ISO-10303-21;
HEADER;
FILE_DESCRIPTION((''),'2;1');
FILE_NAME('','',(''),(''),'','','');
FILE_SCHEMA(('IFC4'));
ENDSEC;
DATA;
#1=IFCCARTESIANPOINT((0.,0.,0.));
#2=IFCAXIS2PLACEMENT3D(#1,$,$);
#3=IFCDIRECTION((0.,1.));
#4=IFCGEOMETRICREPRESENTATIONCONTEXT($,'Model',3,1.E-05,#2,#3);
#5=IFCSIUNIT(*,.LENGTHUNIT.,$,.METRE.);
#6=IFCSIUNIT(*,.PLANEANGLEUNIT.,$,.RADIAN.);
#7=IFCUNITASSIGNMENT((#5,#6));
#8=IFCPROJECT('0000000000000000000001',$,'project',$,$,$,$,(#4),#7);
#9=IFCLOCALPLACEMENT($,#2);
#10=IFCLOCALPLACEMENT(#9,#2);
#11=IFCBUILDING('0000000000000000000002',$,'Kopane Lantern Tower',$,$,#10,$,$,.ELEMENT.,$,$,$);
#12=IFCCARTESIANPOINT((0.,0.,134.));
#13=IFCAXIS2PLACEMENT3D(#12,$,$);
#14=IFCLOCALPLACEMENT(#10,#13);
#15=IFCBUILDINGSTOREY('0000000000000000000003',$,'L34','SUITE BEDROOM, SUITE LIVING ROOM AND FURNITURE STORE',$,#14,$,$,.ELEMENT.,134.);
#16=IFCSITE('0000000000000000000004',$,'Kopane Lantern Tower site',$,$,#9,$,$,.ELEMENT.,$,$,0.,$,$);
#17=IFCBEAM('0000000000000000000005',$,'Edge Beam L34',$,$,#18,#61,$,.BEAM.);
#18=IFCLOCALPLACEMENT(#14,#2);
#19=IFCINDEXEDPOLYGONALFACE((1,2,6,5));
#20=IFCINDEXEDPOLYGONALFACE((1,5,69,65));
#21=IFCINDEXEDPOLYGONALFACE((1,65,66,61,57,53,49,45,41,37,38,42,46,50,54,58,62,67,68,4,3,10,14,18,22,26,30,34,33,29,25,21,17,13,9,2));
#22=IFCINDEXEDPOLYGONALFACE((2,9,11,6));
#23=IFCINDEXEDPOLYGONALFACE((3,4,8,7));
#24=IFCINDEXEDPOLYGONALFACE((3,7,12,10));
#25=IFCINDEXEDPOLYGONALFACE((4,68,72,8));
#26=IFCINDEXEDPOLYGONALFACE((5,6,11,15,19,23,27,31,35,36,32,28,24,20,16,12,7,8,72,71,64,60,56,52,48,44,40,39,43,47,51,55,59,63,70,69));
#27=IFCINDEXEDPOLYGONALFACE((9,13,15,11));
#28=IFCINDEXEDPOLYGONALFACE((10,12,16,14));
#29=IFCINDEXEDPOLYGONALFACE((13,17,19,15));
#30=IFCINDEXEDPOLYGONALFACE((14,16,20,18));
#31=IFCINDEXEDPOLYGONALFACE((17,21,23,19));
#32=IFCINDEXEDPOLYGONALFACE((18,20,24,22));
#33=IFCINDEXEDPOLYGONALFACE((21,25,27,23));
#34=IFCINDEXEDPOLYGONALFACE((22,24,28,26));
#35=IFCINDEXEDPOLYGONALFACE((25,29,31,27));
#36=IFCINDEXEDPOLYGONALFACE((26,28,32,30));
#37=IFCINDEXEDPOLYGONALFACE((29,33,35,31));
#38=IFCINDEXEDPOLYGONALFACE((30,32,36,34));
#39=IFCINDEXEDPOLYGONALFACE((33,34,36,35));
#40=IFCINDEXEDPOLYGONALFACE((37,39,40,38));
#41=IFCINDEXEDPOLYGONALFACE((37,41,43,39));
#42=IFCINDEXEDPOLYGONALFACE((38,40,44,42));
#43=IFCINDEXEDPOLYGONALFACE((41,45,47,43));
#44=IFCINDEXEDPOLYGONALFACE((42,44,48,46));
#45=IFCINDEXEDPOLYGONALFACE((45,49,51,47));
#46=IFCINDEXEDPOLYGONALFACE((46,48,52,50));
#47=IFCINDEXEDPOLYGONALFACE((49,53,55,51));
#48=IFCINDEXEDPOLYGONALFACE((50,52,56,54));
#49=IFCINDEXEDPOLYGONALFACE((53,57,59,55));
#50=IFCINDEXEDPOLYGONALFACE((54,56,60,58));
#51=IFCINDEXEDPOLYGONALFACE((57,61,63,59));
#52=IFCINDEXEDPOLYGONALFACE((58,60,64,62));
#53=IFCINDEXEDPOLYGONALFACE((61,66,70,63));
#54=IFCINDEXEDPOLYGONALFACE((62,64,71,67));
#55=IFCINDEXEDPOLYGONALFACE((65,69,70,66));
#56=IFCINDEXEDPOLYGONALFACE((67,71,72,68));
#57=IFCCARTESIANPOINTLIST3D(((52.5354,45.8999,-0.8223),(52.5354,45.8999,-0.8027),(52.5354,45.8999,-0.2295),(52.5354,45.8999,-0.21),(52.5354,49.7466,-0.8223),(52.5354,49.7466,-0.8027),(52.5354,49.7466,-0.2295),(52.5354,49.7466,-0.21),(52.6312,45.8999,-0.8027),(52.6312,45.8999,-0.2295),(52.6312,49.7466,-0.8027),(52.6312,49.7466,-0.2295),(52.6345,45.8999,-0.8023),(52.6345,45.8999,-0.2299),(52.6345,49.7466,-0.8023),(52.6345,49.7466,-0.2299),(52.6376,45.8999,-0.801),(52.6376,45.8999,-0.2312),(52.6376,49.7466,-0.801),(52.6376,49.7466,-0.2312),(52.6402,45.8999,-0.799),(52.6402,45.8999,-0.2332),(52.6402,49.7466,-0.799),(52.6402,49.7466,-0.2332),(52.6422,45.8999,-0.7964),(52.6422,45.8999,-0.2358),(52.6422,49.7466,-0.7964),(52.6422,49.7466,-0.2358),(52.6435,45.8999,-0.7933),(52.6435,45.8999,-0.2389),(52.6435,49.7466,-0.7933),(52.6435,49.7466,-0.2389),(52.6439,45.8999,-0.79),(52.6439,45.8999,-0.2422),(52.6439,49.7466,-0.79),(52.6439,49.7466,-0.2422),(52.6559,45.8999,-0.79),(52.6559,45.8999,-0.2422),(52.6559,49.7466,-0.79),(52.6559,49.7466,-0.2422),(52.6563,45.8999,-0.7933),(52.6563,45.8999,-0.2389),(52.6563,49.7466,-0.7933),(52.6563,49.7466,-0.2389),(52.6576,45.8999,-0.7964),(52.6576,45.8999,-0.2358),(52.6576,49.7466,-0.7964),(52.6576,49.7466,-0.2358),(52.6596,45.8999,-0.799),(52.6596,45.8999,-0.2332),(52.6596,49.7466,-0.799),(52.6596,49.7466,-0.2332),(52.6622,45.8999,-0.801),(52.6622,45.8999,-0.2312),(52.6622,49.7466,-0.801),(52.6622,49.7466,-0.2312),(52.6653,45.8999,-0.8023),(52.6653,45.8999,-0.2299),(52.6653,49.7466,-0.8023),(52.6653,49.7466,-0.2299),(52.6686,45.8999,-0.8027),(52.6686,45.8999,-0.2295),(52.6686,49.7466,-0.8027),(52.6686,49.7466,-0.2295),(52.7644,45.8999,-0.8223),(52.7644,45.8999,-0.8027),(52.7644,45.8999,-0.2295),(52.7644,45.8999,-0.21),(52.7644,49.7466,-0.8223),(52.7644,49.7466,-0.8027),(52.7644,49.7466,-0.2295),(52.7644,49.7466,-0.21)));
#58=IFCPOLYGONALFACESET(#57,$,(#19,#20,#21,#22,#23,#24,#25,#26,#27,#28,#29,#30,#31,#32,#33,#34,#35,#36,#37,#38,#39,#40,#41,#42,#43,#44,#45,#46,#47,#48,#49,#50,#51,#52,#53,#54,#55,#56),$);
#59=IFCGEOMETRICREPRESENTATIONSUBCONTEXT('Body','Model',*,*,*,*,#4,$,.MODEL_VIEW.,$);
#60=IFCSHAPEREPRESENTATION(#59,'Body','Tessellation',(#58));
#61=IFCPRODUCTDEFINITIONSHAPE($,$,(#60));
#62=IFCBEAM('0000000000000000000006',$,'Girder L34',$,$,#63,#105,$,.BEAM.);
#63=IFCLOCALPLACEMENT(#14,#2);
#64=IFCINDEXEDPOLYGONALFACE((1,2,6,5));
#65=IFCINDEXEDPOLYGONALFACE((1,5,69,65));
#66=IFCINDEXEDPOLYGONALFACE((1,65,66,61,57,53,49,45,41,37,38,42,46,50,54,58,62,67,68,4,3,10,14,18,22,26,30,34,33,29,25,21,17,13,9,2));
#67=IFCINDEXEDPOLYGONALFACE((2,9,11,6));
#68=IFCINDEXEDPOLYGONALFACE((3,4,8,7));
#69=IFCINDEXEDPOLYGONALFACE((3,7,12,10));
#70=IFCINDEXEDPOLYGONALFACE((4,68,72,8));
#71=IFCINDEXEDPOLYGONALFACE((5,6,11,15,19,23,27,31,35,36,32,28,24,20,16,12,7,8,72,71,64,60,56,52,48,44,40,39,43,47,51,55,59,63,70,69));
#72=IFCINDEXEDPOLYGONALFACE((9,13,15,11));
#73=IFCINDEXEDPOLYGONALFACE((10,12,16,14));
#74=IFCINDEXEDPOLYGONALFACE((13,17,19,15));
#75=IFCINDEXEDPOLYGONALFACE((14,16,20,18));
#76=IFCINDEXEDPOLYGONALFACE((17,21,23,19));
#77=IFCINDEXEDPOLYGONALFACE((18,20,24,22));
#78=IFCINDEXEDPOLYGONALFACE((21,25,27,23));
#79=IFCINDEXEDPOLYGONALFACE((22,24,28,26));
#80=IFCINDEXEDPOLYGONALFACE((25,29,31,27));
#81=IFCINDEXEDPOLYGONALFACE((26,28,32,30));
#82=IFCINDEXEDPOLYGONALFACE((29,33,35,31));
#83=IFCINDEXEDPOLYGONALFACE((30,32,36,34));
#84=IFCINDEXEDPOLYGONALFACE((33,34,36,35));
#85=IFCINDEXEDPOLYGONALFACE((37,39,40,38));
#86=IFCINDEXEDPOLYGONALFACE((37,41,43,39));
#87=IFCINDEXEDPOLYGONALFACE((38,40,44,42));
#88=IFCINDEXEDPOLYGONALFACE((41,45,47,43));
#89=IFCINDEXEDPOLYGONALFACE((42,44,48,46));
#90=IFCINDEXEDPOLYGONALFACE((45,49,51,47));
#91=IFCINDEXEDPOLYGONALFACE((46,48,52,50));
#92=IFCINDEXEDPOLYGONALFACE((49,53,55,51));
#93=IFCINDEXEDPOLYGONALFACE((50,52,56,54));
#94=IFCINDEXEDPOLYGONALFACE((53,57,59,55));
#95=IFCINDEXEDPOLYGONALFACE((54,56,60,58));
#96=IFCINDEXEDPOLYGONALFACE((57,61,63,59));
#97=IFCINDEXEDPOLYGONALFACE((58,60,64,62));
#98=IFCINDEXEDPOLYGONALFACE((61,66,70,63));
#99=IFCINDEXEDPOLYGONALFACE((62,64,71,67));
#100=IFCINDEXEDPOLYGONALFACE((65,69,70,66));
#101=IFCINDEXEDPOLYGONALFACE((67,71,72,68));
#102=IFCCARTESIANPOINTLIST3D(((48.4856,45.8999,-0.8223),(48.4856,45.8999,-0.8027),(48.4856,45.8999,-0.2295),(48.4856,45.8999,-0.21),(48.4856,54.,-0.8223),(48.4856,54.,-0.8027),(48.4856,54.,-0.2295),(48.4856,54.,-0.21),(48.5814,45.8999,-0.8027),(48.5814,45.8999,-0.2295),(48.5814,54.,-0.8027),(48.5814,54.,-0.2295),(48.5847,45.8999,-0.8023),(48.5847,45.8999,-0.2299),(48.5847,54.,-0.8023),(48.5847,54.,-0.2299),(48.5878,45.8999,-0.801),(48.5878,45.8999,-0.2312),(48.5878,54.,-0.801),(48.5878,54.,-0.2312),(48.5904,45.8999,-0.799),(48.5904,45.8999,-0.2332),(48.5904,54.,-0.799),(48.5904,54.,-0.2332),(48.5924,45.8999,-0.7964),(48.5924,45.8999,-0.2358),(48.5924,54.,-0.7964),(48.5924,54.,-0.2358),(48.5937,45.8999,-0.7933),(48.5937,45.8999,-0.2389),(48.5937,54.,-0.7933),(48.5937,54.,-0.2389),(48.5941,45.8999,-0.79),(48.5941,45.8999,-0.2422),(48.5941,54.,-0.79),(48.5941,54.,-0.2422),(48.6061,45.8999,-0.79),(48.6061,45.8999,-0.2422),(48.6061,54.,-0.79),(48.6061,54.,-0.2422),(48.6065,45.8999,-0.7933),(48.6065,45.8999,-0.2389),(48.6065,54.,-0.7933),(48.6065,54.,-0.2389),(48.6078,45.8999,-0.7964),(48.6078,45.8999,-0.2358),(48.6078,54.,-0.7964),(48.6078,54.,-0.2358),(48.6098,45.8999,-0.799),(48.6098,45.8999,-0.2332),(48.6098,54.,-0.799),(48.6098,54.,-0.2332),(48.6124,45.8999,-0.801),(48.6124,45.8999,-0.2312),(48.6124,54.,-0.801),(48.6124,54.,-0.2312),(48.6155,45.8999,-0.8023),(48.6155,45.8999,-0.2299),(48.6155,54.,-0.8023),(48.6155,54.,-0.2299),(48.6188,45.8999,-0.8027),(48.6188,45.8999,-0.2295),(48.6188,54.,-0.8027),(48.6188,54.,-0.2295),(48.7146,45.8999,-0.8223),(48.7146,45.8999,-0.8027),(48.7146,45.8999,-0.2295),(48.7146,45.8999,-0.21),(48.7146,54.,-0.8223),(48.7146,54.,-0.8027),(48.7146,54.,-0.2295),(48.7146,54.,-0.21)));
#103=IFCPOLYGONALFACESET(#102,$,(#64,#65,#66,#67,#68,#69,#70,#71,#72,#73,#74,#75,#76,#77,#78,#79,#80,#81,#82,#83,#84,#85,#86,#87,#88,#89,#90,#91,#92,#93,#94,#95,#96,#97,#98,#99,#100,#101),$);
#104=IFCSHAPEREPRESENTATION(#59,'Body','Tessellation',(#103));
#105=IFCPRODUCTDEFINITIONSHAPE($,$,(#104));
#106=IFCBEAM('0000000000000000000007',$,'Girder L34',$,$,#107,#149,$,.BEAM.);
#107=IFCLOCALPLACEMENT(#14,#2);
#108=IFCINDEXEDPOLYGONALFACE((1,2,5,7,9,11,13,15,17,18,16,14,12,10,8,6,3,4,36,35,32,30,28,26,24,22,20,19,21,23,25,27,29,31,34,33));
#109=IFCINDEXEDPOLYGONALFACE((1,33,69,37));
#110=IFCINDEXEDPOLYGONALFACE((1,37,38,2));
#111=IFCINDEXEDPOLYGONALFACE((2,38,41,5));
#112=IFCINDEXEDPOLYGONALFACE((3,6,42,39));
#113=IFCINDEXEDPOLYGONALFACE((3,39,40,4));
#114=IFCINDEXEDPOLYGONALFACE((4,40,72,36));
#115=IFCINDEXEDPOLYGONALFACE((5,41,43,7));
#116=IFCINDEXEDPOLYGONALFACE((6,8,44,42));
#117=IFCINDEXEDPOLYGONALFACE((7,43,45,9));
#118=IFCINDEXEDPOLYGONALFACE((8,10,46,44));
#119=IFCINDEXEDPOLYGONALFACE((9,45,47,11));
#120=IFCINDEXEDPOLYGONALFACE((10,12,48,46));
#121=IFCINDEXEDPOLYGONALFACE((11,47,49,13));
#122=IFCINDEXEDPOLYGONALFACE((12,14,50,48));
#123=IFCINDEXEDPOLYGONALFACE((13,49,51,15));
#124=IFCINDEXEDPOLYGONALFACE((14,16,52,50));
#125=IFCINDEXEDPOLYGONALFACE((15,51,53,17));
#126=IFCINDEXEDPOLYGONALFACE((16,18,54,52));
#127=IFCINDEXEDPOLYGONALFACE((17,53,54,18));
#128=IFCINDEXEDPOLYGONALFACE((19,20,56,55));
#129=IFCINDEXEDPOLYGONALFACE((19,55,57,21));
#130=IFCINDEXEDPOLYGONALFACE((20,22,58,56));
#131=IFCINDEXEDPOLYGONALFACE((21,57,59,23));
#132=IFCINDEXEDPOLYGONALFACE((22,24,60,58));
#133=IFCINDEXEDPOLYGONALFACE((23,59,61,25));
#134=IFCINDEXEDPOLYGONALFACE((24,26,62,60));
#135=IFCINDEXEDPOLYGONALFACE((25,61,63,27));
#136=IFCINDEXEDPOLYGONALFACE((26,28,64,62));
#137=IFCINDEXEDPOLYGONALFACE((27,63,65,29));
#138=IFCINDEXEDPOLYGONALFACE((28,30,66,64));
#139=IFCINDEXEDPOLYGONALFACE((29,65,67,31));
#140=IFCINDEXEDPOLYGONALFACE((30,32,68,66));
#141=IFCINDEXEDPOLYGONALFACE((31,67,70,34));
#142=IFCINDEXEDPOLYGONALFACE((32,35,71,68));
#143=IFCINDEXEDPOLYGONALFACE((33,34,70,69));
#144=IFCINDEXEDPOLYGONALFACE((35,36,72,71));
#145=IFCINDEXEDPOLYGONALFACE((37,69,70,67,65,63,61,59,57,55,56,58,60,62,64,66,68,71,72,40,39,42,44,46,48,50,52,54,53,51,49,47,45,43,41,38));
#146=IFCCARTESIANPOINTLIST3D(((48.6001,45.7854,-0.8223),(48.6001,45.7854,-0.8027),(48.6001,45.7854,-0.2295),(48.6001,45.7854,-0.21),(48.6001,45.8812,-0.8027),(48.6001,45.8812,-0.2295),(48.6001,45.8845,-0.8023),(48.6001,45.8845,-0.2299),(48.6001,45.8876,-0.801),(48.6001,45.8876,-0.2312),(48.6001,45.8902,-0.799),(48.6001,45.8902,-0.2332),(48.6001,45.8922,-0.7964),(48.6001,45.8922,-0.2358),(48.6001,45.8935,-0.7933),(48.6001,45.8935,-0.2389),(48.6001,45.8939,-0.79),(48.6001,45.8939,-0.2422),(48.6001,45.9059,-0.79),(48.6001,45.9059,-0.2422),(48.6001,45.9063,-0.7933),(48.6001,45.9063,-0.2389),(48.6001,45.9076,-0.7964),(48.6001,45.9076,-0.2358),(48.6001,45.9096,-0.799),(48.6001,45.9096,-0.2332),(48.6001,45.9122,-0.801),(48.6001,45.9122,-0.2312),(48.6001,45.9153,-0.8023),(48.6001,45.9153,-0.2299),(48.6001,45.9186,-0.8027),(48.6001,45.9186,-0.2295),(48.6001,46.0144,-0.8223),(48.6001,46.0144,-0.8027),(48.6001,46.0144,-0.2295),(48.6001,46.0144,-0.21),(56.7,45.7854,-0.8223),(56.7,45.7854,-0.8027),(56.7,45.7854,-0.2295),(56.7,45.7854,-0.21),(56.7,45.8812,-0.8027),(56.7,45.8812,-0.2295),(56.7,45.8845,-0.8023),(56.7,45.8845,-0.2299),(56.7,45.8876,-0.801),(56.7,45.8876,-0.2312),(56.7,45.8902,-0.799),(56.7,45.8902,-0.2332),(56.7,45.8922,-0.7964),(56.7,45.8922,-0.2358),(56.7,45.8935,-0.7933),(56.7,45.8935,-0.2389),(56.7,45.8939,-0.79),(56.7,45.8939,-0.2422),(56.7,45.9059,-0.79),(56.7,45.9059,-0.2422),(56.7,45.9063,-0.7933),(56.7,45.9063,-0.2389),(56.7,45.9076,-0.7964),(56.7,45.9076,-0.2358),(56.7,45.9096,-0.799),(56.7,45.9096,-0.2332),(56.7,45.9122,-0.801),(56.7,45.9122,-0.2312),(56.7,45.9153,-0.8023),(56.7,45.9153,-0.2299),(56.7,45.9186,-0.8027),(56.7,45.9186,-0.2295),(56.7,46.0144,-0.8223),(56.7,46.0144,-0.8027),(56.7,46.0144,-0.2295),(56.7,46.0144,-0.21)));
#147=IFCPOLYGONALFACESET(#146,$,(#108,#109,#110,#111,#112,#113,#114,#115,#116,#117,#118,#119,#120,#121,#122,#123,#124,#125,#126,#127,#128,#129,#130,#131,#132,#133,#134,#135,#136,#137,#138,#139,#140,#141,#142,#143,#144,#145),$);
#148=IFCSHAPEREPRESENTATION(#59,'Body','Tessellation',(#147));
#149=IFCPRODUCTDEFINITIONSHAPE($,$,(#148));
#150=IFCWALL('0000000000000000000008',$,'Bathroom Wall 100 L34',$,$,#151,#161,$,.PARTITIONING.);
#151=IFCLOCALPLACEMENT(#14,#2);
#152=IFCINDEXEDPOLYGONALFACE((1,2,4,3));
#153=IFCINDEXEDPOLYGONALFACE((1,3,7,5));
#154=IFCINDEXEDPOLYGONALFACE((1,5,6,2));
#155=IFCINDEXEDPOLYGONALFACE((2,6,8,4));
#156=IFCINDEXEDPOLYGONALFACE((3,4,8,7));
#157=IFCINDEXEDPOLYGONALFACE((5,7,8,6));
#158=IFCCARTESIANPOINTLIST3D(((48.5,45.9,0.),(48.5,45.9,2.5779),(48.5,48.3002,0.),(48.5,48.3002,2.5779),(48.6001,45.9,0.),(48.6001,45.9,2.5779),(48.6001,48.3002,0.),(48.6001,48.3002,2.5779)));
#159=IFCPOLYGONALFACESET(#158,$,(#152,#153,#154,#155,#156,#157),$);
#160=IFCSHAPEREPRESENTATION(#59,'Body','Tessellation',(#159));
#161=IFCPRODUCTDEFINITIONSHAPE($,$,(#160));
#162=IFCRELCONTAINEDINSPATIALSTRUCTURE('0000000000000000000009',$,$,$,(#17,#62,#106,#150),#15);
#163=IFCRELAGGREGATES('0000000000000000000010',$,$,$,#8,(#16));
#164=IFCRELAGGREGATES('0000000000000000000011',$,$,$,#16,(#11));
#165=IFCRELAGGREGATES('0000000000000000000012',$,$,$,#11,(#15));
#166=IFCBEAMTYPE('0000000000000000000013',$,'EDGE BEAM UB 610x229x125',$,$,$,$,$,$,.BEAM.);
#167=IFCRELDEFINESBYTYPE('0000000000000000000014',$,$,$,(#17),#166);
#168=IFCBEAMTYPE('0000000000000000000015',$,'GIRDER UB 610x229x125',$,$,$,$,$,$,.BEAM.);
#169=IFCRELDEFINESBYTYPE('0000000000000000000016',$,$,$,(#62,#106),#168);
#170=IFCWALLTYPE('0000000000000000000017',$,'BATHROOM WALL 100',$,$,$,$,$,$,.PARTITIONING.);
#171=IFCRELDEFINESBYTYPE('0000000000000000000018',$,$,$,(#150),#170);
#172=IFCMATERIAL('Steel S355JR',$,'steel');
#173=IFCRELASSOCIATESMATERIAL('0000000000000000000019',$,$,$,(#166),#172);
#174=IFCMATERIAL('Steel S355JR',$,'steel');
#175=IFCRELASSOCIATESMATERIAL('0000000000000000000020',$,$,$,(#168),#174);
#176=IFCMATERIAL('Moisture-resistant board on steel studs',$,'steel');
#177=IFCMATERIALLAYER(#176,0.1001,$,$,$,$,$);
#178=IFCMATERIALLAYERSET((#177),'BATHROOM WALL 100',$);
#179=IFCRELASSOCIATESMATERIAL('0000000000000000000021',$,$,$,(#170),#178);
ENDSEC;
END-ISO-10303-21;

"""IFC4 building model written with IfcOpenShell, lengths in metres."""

from ifc_helpers import new_model, si_unit, direction, frame, frame_2d, origin, origin_2d, place, context, subcontext, project, spatial, rectangle, i_section, extrude, material, layer, layer_set, material_profile, profile_set, type_object, element, save


model = new_model("IFC4")

# Units and contexts
model_context = context("Model", 3, precision=1e-05, world=origin(), true_north=direction((0.0, 1.0)))
body_context = subcontext(model_context, "Body", "Model", "MODEL_VIEW")
ifc_project = project(units=[si_unit("LENGTHUNIT", "METRE"), si_unit("PLANEANGLEUNIT", "RADIAN")], contexts=[model_context])

# Site, building, storey
site_placement = place(None, origin())
site = spatial("IfcSite", under=ifc_project, at=site_placement, Name="Kopane Lantern Tower site", CompositionType="ELEMENT", RefElevation=0.0)
building_placement = place(site_placement, origin())
building = spatial("IfcBuilding", under=site, at=building_placement, Name="Kopane Lantern Tower", CompositionType="ELEMENT")
storey_placement = place(building_placement, frame((0.0, 0.0, 134.0)))
storey = spatial("IfcBuildingStorey", under=building, at=storey_placement, Name="L34", Description="SUITE BEDROOM, SUITE LIVING ROOM AND FURNITURE STORE", CompositionType="ELEMENT", Elevation=134.0)

# Beams
ifc_material_1 = material(Name="Steel S355JR", Category="steel")
ifc_material_profile_1 = material_profile(ifc_material_1, i_section(OverallWidth=0.229, OverallDepth=0.6123, WebThickness=0.012, FlangeThickness=0.0195, FilletRadius=0.0127, at=origin_2d()), Name="UB 610x229x125")
ifc_profile_set_1 = profile_set([ifc_material_profile_1], Name="Steel S355JR")
beam_type_1 = type_object("IfcBeamType", Name="EDGE BEAM UB 610x229x125", PredefinedType="BEAM", material=ifc_profile_set_1)
beam_1_placement = place(storey_placement, frame((52.6499, 49.7466, -0.5161), z_axis=(0.0, -1.0, 0.0), x_axis=(1.0, 0.0, 0.0)))
element("IfcBeam", 1, at=beam_1_placement, inside=storey, type_object=beam_type_1, Name="Edge Beam L34", PredefinedType="BEAM", context=body_context, shape_type="SweptSolid", body=[
    extrude(i_section(OverallWidth=0.229, OverallDepth=0.6123, WebThickness=0.012, FlangeThickness=0.0195, FilletRadius=0.0127, at=origin_2d()), origin(), (0.0, 0.0, 1.0), 3.8467),
])
ifc_material_2 = material(Name="Steel S355JR", Category="steel")
ifc_material_profile_2 = material_profile(ifc_material_2, i_section(OverallWidth=0.229, OverallDepth=0.6123, WebThickness=0.012, FlangeThickness=0.0195, FilletRadius=0.0127, at=origin_2d()), Name="UB 610x229x125")
ifc_profile_set_2 = profile_set([ifc_material_profile_2], Name="Steel S355JR")
beam_type_2 = type_object("IfcBeamType", Name="GIRDER UB 610x229x125", PredefinedType="BEAM", material=ifc_profile_set_2)
beam_2_placement = place(storey_placement, frame((48.6001, 45.8999, -0.5161), z_axis=(0.0, 1.0, 0.0), x_axis=(-1.0, 0.0, 0.0)))
element("IfcBeam", 2, at=beam_2_placement, inside=storey, type_object=beam_type_2, Name="Girder L34", PredefinedType="BEAM", context=body_context, shape_type="SweptSolid", body=[
    extrude(i_section(OverallWidth=0.229, OverallDepth=0.6123, WebThickness=0.012, FlangeThickness=0.0195, FilletRadius=0.0127, at=origin_2d()), origin(), (0.0, 0.0, 1.0), 8.1001),
])
beam_3_placement = place(storey_placement, frame((48.6001, 45.8999, -0.5161), z_axis=(1.0, 0.0, 0.0), x_axis=(0.0, 1.0, 0.0)))
element("IfcBeam", 3, at=beam_3_placement, inside=storey, type_object=beam_type_2, Name="Girder L34", PredefinedType="BEAM", context=body_context, shape_type="SweptSolid", body=[
    extrude(i_section(OverallWidth=0.229, OverallDepth=0.6123, WebThickness=0.012, FlangeThickness=0.0195, FilletRadius=0.0127, at=origin_2d()), origin(), (0.0, 0.0, 1.0), 8.0999),
])

# Wall
ifc_material_3 = material(Name="Moisture-resistant board on steel studs", Category="steel")
ifc_layer_1 = layer(ifc_material_3, 0.1001)
ifc_layer_set_1 = layer_set([ifc_layer_1], Name="BATHROOM WALL 100")
wall_type_1 = type_object("IfcWallType", Name="BATHROOM WALL 100", PredefinedType="PARTITIONING", material=ifc_layer_set_1)
wall_1_placement = place(storey_placement, frame((48.55, 45.8999, 0.0), z_axis=(0.0, 0.0, 1.0), x_axis=(0.0, 1.0, 0.0)))
element("IfcWall", 4, at=wall_1_placement, inside=storey, type_object=wall_type_1, Name="Bathroom Wall 100 L34", PredefinedType="PARTITIONING", context=body_context, shape_type="SweptSolid", body=[
    extrude(rectangle(XDim=2.4001, YDim=0.1001, at=frame_2d((1.2002, 0.0))), origin(), (0.0, 0.0, 1.0), 2.5779),
])

save(model, "model.ifc")
